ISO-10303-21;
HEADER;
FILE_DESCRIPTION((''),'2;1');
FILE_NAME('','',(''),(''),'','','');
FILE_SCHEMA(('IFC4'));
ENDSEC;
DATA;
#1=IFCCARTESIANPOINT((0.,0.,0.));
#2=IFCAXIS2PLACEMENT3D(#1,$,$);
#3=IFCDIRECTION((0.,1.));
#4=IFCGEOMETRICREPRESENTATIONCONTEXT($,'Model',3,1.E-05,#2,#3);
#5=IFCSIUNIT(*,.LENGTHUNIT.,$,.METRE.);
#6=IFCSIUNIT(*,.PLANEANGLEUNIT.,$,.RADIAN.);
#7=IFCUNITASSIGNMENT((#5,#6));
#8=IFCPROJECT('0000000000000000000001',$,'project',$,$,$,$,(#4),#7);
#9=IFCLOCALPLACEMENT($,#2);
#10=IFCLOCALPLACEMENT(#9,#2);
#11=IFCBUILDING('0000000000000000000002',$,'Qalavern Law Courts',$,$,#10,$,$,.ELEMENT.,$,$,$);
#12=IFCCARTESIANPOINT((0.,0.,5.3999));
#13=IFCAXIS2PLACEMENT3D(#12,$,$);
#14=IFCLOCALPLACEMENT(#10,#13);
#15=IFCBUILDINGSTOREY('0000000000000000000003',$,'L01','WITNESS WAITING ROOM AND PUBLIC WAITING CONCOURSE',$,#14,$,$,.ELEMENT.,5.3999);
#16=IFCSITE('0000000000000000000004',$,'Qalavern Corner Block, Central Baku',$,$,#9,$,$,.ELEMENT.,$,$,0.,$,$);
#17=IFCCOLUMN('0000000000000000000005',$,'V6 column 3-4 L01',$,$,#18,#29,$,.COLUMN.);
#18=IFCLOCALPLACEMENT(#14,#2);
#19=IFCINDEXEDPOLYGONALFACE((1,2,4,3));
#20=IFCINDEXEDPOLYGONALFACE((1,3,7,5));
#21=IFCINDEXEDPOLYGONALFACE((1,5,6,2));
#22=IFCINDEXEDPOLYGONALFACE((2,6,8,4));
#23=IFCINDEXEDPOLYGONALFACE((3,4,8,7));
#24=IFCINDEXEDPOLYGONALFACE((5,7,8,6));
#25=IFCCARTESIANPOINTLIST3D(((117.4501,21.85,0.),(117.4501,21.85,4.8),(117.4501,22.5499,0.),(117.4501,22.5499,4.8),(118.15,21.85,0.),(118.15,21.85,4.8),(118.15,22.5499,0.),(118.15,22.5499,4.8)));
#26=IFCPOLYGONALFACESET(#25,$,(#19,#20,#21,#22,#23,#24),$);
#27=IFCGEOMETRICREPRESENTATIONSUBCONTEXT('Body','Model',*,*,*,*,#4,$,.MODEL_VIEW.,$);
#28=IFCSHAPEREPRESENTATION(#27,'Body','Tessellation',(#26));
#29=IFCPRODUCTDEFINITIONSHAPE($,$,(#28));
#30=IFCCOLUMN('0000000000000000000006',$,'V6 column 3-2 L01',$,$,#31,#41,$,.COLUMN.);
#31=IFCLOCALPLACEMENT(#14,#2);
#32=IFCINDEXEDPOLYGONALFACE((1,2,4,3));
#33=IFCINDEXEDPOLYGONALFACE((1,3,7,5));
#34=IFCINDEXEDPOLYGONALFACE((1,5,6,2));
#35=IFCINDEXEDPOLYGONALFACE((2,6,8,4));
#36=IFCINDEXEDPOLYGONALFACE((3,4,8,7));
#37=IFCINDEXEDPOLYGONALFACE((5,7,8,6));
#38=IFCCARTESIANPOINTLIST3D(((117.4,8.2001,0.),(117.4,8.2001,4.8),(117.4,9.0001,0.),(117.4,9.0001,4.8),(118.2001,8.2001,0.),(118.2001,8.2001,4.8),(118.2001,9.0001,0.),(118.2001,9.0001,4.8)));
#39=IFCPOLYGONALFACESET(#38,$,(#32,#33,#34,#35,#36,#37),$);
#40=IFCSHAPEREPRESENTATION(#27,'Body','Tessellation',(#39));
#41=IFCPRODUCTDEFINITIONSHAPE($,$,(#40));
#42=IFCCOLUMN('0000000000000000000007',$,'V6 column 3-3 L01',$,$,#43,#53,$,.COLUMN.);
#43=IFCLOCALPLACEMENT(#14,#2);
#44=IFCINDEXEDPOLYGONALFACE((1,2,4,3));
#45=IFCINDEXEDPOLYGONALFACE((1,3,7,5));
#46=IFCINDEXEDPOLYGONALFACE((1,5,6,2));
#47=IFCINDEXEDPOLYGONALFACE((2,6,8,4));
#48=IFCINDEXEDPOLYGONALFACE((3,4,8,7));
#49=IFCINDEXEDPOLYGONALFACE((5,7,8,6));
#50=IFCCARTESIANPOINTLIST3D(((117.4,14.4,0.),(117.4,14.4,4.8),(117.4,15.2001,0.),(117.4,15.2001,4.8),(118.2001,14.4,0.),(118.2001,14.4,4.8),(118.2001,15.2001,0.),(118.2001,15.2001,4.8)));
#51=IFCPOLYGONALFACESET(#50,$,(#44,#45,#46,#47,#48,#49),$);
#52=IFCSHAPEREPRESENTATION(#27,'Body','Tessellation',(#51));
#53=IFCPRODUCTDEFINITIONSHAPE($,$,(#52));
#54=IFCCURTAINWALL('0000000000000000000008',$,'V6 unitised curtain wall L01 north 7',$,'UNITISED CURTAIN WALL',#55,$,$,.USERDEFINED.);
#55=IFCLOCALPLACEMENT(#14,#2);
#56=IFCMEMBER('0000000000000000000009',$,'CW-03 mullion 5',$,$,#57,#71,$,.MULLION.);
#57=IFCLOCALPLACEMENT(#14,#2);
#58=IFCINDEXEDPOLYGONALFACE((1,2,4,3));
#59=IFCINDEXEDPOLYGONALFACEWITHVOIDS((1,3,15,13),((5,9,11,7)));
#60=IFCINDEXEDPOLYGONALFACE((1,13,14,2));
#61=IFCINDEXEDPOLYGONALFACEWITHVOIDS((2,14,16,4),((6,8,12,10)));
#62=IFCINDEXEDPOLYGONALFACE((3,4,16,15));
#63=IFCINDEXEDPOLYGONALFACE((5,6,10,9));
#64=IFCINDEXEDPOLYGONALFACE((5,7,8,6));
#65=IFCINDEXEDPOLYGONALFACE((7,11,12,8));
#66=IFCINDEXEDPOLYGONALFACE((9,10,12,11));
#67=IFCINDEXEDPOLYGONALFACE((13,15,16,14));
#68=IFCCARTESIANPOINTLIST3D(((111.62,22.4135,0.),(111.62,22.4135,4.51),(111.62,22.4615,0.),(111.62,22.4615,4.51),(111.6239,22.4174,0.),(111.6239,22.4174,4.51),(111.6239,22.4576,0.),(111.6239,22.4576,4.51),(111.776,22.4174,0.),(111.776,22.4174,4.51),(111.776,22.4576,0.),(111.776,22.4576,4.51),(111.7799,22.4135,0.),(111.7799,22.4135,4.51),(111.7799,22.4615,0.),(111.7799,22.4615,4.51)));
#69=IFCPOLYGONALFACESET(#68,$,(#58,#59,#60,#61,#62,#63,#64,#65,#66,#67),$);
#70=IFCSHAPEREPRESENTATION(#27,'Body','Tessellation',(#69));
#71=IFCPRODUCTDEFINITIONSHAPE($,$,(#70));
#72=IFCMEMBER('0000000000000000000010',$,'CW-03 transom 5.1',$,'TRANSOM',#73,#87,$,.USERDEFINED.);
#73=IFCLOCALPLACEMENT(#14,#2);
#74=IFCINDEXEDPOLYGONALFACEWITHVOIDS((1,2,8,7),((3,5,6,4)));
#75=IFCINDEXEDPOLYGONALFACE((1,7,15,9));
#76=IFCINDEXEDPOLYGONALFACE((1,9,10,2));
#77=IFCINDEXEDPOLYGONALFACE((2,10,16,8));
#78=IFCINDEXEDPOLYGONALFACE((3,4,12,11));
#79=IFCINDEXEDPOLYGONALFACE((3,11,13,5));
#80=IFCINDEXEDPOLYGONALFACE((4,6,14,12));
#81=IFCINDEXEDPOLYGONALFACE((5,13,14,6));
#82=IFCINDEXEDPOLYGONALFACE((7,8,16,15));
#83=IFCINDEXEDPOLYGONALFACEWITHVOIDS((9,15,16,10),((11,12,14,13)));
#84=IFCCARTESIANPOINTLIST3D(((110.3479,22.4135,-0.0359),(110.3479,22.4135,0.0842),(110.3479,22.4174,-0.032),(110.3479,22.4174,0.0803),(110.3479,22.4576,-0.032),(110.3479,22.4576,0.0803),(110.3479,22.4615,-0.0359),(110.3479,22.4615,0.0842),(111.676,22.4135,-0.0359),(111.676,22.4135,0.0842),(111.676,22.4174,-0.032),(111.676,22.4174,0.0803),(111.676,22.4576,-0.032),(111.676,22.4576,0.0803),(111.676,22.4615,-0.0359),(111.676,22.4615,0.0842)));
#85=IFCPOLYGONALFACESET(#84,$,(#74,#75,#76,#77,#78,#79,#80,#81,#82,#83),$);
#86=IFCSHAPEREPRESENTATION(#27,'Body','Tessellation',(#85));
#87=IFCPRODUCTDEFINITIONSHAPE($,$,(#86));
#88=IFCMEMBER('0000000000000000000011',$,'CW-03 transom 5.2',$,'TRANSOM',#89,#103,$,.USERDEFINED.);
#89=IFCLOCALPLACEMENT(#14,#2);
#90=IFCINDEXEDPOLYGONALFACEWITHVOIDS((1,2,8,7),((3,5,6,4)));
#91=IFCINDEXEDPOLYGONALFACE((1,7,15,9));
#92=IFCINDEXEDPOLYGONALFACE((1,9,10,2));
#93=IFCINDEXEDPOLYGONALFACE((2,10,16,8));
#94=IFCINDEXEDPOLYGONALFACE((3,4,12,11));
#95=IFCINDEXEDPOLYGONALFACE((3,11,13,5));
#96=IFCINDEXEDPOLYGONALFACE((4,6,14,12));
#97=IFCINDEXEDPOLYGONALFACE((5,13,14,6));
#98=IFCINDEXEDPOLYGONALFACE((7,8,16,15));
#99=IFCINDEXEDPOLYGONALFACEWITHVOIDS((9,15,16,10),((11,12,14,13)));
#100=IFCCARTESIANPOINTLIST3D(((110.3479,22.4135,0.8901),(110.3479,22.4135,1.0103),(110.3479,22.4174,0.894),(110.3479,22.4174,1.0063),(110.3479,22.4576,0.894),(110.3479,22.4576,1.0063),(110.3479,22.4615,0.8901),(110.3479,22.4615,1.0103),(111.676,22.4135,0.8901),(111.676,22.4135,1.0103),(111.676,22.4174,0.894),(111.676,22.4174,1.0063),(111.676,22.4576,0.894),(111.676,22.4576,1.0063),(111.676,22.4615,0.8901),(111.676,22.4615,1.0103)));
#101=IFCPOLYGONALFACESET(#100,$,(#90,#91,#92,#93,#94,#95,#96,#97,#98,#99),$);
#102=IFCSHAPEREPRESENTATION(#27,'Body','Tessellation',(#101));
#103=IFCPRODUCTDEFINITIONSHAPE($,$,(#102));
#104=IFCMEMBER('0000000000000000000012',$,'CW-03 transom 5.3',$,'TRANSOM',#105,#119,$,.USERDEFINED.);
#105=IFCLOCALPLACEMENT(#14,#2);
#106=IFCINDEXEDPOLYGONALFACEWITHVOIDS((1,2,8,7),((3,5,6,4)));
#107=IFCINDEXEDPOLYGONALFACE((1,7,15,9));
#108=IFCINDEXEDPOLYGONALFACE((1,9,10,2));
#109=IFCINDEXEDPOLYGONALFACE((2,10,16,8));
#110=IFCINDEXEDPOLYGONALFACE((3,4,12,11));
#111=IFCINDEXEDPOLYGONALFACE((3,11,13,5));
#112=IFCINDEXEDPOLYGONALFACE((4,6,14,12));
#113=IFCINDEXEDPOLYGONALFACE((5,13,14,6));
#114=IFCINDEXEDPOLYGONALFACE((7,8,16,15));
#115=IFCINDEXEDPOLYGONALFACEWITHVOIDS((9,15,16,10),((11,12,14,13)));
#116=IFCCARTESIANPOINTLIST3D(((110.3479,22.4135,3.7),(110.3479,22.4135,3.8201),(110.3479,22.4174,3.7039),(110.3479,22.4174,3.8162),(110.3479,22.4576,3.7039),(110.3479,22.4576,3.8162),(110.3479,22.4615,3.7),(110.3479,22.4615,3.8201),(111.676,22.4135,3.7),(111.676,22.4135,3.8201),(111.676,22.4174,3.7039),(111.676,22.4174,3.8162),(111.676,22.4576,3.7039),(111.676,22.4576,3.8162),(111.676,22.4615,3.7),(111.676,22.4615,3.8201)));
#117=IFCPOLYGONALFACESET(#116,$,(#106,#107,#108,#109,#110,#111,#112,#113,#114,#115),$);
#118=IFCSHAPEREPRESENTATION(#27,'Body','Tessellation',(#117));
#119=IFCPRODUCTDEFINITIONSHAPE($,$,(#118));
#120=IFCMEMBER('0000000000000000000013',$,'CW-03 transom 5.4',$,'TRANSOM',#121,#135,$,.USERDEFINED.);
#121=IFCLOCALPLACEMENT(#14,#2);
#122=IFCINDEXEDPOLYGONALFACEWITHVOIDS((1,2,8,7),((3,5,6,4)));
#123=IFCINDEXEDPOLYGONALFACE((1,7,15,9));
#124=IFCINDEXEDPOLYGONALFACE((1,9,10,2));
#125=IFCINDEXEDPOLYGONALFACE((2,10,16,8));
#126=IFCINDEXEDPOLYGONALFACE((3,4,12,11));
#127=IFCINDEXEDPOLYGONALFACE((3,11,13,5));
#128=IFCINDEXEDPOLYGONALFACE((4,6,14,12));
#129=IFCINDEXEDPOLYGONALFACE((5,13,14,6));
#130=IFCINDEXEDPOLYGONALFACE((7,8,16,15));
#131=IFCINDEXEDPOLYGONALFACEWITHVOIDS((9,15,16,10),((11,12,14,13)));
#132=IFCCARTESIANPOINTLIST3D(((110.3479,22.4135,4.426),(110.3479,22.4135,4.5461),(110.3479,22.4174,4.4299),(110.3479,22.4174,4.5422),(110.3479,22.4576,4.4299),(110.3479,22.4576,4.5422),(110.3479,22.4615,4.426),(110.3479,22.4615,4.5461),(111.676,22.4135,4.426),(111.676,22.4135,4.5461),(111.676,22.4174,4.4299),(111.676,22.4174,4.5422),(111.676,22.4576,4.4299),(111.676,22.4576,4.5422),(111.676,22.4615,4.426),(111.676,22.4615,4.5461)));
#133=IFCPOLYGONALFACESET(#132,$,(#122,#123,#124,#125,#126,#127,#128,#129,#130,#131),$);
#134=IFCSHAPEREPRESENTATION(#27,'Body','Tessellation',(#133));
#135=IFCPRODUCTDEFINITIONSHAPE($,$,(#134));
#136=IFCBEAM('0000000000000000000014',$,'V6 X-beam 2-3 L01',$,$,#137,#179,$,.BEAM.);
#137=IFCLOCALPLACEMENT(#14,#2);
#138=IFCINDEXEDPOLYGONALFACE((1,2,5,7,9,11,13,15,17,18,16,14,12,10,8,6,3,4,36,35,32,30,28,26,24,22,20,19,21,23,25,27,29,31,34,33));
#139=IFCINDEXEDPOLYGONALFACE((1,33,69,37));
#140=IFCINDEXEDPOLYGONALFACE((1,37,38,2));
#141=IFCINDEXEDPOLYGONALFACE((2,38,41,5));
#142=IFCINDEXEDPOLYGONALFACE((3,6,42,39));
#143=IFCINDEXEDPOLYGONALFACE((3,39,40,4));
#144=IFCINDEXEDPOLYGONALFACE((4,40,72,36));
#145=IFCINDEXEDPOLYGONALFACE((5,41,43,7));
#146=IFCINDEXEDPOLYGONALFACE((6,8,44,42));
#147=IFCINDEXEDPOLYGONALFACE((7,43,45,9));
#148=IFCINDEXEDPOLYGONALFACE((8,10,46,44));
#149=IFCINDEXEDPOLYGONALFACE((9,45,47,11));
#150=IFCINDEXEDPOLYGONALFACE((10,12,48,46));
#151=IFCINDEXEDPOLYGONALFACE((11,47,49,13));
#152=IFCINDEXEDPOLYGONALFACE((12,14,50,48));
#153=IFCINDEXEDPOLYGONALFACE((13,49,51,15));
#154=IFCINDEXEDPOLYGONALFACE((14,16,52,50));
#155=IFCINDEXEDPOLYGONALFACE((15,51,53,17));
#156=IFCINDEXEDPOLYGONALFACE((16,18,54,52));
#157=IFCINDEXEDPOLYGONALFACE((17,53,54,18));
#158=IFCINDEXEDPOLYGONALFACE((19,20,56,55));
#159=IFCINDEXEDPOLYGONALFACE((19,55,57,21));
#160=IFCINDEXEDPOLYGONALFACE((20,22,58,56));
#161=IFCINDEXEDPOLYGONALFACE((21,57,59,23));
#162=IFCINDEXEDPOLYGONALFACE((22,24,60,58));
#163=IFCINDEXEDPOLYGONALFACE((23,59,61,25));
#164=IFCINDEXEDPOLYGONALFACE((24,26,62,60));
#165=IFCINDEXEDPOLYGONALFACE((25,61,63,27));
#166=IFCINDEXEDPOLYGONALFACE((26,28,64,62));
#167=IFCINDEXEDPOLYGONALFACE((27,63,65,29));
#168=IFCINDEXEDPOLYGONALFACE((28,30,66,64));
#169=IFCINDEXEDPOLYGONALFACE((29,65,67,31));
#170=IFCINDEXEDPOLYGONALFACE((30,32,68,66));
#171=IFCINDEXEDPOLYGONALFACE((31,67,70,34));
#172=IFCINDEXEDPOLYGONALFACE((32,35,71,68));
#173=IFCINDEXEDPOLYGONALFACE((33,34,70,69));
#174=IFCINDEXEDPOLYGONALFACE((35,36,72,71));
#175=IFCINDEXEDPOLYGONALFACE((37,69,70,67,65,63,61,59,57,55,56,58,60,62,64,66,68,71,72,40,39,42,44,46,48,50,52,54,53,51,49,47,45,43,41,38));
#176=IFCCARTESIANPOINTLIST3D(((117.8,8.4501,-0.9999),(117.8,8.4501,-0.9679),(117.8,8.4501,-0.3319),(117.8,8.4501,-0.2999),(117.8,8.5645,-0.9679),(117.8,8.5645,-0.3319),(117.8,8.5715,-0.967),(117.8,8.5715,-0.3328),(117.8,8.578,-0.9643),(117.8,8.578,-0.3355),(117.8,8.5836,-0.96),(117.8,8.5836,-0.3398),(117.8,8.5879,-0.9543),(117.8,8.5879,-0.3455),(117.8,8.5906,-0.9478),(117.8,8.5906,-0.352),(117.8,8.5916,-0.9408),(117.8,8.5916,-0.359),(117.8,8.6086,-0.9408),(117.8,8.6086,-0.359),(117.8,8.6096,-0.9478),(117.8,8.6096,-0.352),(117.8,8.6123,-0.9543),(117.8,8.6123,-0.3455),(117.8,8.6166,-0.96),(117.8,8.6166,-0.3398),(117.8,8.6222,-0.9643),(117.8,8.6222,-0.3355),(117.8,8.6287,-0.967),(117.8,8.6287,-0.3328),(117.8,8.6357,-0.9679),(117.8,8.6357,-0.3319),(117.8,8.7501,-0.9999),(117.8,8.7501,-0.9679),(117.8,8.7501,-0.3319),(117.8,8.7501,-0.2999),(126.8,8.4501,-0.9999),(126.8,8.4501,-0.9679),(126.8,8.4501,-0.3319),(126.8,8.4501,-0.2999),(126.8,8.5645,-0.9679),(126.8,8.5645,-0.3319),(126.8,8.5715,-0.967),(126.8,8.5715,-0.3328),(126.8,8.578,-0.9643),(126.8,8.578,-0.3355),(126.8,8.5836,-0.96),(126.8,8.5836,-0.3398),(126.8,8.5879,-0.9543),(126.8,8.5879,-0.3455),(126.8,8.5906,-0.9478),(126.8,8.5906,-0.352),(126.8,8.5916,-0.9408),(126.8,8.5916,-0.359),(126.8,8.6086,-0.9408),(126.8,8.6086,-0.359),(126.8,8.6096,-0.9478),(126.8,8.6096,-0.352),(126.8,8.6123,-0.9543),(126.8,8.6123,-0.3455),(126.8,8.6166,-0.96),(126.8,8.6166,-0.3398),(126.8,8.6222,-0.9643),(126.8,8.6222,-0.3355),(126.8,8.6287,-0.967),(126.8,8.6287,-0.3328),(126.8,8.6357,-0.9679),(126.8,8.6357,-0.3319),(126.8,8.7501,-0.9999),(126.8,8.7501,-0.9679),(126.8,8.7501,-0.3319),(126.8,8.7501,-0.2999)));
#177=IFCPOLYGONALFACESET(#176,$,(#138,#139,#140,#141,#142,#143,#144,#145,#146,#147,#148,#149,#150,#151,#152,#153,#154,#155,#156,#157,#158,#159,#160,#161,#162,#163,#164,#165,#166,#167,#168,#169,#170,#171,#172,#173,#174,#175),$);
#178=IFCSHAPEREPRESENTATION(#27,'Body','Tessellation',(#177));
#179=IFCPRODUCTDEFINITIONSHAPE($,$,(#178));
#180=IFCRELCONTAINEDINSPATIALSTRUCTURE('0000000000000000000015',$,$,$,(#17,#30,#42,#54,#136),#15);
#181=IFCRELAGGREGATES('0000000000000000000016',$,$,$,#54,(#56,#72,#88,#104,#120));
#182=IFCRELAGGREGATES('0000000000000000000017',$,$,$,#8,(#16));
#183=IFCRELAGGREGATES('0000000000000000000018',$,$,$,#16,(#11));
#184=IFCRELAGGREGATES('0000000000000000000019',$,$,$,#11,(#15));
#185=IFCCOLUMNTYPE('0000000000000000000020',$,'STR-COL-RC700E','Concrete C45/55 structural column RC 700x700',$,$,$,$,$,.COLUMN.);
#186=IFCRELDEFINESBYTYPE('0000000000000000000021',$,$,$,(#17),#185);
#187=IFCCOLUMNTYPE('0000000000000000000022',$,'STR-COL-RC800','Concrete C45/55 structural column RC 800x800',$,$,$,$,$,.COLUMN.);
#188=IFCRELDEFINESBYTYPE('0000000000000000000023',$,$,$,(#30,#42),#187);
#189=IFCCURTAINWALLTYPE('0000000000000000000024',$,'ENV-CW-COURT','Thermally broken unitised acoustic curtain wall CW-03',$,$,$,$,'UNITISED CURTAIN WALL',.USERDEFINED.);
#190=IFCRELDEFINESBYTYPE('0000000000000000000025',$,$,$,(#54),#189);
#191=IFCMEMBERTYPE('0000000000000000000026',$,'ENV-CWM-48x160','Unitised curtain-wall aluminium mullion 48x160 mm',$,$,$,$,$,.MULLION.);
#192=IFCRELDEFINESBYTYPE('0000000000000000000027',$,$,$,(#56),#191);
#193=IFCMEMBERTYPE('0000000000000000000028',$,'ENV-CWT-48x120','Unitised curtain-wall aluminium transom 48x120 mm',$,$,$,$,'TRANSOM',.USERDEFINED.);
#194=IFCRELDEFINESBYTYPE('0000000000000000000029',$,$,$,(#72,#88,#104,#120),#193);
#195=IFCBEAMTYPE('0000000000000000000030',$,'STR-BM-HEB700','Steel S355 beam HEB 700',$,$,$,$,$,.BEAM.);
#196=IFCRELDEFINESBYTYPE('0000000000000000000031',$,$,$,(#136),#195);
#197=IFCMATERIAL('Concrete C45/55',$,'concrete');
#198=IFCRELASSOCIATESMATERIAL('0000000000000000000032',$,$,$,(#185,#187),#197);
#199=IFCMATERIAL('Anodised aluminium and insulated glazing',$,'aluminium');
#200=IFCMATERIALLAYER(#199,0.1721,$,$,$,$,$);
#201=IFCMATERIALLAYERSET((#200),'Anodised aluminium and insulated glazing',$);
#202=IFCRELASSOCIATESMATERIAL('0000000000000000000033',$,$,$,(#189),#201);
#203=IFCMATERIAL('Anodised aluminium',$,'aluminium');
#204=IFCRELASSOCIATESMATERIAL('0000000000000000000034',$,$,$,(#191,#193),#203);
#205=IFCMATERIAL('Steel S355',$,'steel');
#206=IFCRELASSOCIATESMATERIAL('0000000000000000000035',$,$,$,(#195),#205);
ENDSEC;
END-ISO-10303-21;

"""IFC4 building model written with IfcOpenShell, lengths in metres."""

from ifc_helpers import new_model, si_unit, direction, frame, origin, origin_2d, place, context, subcontext, project, spatial, rectangle, hollow_rectangle, i_section, extrude, material, layer, layer_set, material_profile, profile_set, type_object, element, aggregate, save


model = new_model("IFC4")

# Units and contexts
model_context = context("Model", 3, precision=1e-05, world=origin(), true_north=direction((0.0, 1.0)))
body_context = subcontext(model_context, "Body", "Model", "MODEL_VIEW")
ifc_project = project(units=[si_unit("LENGTHUNIT", "METRE"), si_unit("PLANEANGLEUNIT", "RADIAN")], contexts=[model_context])

# Site, building, storey
site_placement = place(None, origin())
site = spatial("IfcSite", under=ifc_project, at=site_placement, Name="Qalavern Corner Block, Central Baku", CompositionType="ELEMENT", RefElevation=0.0)
building_placement = place(site_placement, origin())
building = spatial("IfcBuilding", under=site, at=building_placement, Name="Qalavern Law Courts", CompositionType="ELEMENT")
storey_placement = place(building_placement, frame((0.0, 0.0, 5.3999)))
storey = spatial("IfcBuildingStorey", under=building, at=storey_placement, Name="L01", Description="WITNESS WAITING ROOM AND PUBLIC WAITING CONCOURSE", CompositionType="ELEMENT", Elevation=5.3999)

# Columns
ifc_material_1 = material(Name="Concrete C45/55", Category="concrete")
ifc_material_profile_1 = material_profile(ifc_material_1, rectangle(XDim=0.7, YDim=0.7, at=origin_2d()), Name="RC 700x700")
ifc_profile_set_1 = profile_set([ifc_material_profile_1], Name="Concrete C45/55")
column_type_1 = type_object("IfcColumnType", Name="STR-COL-RC700E", Description="Concrete C45/55 structural column RC 700x700", PredefinedType="COLUMN", material=ifc_profile_set_1)
column_placement = place(storey_placement, frame((117.8, 22.2, 0.0), z_axis=(0.0, 0.0, 1.0), x_axis=(1.0, 0.0, 0.0)))
element("IfcColumn", 1, at=column_placement, inside=storey, type_object=column_type_1, Name="V6 column 3-4 L01", PredefinedType="COLUMN", context=body_context, shape_type="SweptSolid", body=[
    extrude(rectangle(XDim=0.7, YDim=0.7, at=origin_2d()), origin(), (0.0, 0.0, 1.0), 4.8),
])
ifc_material_profile_2 = material_profile(ifc_material_1, rectangle(XDim=0.8, YDim=0.8, at=origin_2d()), Name="RC 800x800")
ifc_profile_set_2 = profile_set([ifc_material_profile_2], Name="Concrete C45/55")
column_type_2 = type_object("IfcColumnType", Name="STR-COL-RC800", Description="Concrete C45/55 structural column RC 800x800", PredefinedType="COLUMN", material=ifc_profile_set_2)
for number, where, z_axis, x_axis, name in (
    (2, (117.8, 8.6001, 0.0), (0.0, 0.0, 1.0), (1.0, 0.0, 0.0), "V6 column 3-2 L01"),
    (3, (117.8, 14.8, 0.0), (0.0, 0.0, 1.0), (1.0, 0.0, 0.0), "V6 column 3-3 L01"),
):
    element("IfcColumn", number, at=place(storey_placement, frame(where, z_axis=z_axis, x_axis=x_axis)), inside=storey, type_object=column_type_2, Name=name, PredefinedType="COLUMN", context=body_context, shape_type="SweptSolid", body=[
        extrude(rectangle(XDim=0.8, YDim=0.8, at=origin_2d()), origin(), (0.0, 0.0, 1.0), 4.8),
    ])

# Curtain wall, members
ifc_material_2 = material(Name="Anodised aluminium and insulated glazing", Category="aluminium")
ifc_layer_1 = layer(ifc_material_2, 0.1721)
ifc_layer_set_1 = layer_set([ifc_layer_1], Name="Anodised aluminium and insulated glazing")
curtain_wall_type = type_object("IfcCurtainWallType", Name="ENV-CW-COURT", Description="Thermally broken unitised acoustic curtain wall CW-03", ElementType="UNITISED CURTAIN WALL", PredefinedType="USERDEFINED", material=ifc_layer_set_1)
curtain_wall_placement = place(storey_placement, origin())
curtain_wall = element("IfcCurtainWall", 4, at=curtain_wall_placement, inside=storey, type_object=curtain_wall_type, Name="V6 unitised curtain wall L01 north 7", ObjectType="UNITISED CURTAIN WALL", PredefinedType="USERDEFINED")
ifc_material_3 = material(Name="Anodised aluminium", Category="aluminium")
ifc_material_profile_3 = material_profile(ifc_material_3, hollow_rectangle(XDim=0.0481, YDim=0.1599, WallThickness=0.0039, at=origin_2d()), Name="ALU MULLION 48x160")
ifc_profile_set_3 = profile_set([ifc_material_profile_3], Name="Anodised aluminium")
member_type_1 = type_object("IfcMemberType", Name="ENV-CWM-48x160", Description="Unitised curtain-wall aluminium mullion 48x160 mm", PredefinedType="MULLION", material=ifc_profile_set_3)
member_1_placement = place(storey_placement, frame((111.7, 22.4375, 0.0), z_axis=(0.0, 0.0, 1.0), x_axis=(0.0, -1.0, 0.0)))
member_1 = element("IfcMember", 5, at=member_1_placement, type_object=member_type_1, Name="CW-03 mullion 5", PredefinedType="MULLION", context=body_context, shape_type="SweptSolid", body=[
    extrude(hollow_rectangle(XDim=0.0481, YDim=0.1599, WallThickness=0.0039, at=origin_2d()), origin(), (0.0, 0.0, 1.0), 4.51),
])
ifc_material_profile_4 = material_profile(ifc_material_3, hollow_rectangle(XDim=0.0481, YDim=0.1201, WallThickness=0.0039, at=origin_2d()), Name="ALU TRANSOM 48x120")
ifc_profile_set_4 = profile_set([ifc_material_profile_4], Name="Anodised aluminium")
member_type_2 = type_object("IfcMemberType", Name="ENV-CWT-48x120", Description="Unitised curtain-wall aluminium transom 48x120 mm", ElementType="TRANSOM", PredefinedType="USERDEFINED", material=ifc_profile_set_4)
member_2_placement = place(storey_placement, frame((111.676, 22.4375, 0.0242), z_axis=(-1.0, 0.0, 0.0), x_axis=(0.0, -1.0, 0.0)))
member_2 = element("IfcMember", 6, at=member_2_placement, type_object=member_type_2, Name="CW-03 transom 5.1", ObjectType="TRANSOM", PredefinedType="USERDEFINED", context=body_context, shape_type="SweptSolid", body=[
    extrude(hollow_rectangle(XDim=0.0481, YDim=0.1201, WallThickness=0.0039, at=origin_2d()), origin(), (0.0, 0.0, 1.0), 1.3281),
])
member_3_placement = place(storey_placement, frame((111.676, 22.4375, 0.9502), z_axis=(-1.0, 0.0, 0.0), x_axis=(0.0, -1.0, 0.0)))
member_3 = element("IfcMember", 7, at=member_3_placement, type_object=member_type_2, Name="CW-03 transom 5.2", ObjectType="TRANSOM", PredefinedType="USERDEFINED", context=body_context, shape_type="SweptSolid", body=[
    extrude(hollow_rectangle(XDim=0.0481, YDim=0.1201, WallThickness=0.0039, at=origin_2d()), origin(), (0.0, 0.0, 1.0), 1.3281),
])
member_4_placement = place(storey_placement, frame((111.676, 22.4375, 3.76), z_axis=(-1.0, 0.0, 0.0), x_axis=(0.0, -1.0, 0.0)))
member_4 = element("IfcMember", 8, at=member_4_placement, type_object=member_type_2, Name="CW-03 transom 5.3", ObjectType="TRANSOM", PredefinedType="USERDEFINED", context=body_context, shape_type="SweptSolid", body=[
    extrude(hollow_rectangle(XDim=0.0481, YDim=0.1201, WallThickness=0.0039, at=origin_2d()), origin(), (0.0, 0.0, 1.0), 1.3281),
])
member_5_placement = place(storey_placement, frame((111.676, 22.4375, 4.4861), z_axis=(-1.0, 0.0, 0.0), x_axis=(0.0, -1.0, 0.0)))
member_5 = element("IfcMember", 9, at=member_5_placement, type_object=member_type_2, Name="CW-03 transom 5.4", ObjectType="TRANSOM", PredefinedType="USERDEFINED", context=body_context, shape_type="SweptSolid", body=[
    extrude(hollow_rectangle(XDim=0.0481, YDim=0.1201, WallThickness=0.0039, at=origin_2d()), origin(), (0.0, 0.0, 1.0), 1.3281),
])

# Beam
ifc_material_4 = material(Name="Steel S355", Category="steel")
ifc_material_profile_5 = material_profile(ifc_material_4, i_section(OverallWidth=0.3, OverallDepth=0.7, WebThickness=0.0171, FlangeThickness=0.032, FilletRadius=0.0271, at=origin_2d()), Name="HEB 700")
ifc_profile_set_5 = profile_set([ifc_material_profile_5], Name="Steel S355")
beam_type_1 = type_object("IfcBeamType", Name="STR-BM-HEB700", Description="Steel S355 beam HEB 700", PredefinedType="BEAM", material=ifc_profile_set_5)
beam_1_placement = place(storey_placement, frame((117.8, 8.6001, -0.6499), z_axis=(1.0, 0.0, 0.0), x_axis=(0.0, 1.0, 0.0)))
element("IfcBeam", 10, at=beam_1_placement, inside=storey, type_object=beam_type_1, Name="V6 X-beam 2-3 L01", PredefinedType="BEAM", context=body_context, shape_type="SweptSolid", body=[
    extrude(i_section(OverallWidth=0.3, OverallDepth=0.7, WebThickness=0.0171, FlangeThickness=0.032, FilletRadius=0.0271, at=origin_2d()), origin(), (0.0, 0.0, 1.0), 9.0),
])

aggregate(curtain_wall, [member_1, member_2, member_3, member_4, member_5])

save(model, "model.ifc")
